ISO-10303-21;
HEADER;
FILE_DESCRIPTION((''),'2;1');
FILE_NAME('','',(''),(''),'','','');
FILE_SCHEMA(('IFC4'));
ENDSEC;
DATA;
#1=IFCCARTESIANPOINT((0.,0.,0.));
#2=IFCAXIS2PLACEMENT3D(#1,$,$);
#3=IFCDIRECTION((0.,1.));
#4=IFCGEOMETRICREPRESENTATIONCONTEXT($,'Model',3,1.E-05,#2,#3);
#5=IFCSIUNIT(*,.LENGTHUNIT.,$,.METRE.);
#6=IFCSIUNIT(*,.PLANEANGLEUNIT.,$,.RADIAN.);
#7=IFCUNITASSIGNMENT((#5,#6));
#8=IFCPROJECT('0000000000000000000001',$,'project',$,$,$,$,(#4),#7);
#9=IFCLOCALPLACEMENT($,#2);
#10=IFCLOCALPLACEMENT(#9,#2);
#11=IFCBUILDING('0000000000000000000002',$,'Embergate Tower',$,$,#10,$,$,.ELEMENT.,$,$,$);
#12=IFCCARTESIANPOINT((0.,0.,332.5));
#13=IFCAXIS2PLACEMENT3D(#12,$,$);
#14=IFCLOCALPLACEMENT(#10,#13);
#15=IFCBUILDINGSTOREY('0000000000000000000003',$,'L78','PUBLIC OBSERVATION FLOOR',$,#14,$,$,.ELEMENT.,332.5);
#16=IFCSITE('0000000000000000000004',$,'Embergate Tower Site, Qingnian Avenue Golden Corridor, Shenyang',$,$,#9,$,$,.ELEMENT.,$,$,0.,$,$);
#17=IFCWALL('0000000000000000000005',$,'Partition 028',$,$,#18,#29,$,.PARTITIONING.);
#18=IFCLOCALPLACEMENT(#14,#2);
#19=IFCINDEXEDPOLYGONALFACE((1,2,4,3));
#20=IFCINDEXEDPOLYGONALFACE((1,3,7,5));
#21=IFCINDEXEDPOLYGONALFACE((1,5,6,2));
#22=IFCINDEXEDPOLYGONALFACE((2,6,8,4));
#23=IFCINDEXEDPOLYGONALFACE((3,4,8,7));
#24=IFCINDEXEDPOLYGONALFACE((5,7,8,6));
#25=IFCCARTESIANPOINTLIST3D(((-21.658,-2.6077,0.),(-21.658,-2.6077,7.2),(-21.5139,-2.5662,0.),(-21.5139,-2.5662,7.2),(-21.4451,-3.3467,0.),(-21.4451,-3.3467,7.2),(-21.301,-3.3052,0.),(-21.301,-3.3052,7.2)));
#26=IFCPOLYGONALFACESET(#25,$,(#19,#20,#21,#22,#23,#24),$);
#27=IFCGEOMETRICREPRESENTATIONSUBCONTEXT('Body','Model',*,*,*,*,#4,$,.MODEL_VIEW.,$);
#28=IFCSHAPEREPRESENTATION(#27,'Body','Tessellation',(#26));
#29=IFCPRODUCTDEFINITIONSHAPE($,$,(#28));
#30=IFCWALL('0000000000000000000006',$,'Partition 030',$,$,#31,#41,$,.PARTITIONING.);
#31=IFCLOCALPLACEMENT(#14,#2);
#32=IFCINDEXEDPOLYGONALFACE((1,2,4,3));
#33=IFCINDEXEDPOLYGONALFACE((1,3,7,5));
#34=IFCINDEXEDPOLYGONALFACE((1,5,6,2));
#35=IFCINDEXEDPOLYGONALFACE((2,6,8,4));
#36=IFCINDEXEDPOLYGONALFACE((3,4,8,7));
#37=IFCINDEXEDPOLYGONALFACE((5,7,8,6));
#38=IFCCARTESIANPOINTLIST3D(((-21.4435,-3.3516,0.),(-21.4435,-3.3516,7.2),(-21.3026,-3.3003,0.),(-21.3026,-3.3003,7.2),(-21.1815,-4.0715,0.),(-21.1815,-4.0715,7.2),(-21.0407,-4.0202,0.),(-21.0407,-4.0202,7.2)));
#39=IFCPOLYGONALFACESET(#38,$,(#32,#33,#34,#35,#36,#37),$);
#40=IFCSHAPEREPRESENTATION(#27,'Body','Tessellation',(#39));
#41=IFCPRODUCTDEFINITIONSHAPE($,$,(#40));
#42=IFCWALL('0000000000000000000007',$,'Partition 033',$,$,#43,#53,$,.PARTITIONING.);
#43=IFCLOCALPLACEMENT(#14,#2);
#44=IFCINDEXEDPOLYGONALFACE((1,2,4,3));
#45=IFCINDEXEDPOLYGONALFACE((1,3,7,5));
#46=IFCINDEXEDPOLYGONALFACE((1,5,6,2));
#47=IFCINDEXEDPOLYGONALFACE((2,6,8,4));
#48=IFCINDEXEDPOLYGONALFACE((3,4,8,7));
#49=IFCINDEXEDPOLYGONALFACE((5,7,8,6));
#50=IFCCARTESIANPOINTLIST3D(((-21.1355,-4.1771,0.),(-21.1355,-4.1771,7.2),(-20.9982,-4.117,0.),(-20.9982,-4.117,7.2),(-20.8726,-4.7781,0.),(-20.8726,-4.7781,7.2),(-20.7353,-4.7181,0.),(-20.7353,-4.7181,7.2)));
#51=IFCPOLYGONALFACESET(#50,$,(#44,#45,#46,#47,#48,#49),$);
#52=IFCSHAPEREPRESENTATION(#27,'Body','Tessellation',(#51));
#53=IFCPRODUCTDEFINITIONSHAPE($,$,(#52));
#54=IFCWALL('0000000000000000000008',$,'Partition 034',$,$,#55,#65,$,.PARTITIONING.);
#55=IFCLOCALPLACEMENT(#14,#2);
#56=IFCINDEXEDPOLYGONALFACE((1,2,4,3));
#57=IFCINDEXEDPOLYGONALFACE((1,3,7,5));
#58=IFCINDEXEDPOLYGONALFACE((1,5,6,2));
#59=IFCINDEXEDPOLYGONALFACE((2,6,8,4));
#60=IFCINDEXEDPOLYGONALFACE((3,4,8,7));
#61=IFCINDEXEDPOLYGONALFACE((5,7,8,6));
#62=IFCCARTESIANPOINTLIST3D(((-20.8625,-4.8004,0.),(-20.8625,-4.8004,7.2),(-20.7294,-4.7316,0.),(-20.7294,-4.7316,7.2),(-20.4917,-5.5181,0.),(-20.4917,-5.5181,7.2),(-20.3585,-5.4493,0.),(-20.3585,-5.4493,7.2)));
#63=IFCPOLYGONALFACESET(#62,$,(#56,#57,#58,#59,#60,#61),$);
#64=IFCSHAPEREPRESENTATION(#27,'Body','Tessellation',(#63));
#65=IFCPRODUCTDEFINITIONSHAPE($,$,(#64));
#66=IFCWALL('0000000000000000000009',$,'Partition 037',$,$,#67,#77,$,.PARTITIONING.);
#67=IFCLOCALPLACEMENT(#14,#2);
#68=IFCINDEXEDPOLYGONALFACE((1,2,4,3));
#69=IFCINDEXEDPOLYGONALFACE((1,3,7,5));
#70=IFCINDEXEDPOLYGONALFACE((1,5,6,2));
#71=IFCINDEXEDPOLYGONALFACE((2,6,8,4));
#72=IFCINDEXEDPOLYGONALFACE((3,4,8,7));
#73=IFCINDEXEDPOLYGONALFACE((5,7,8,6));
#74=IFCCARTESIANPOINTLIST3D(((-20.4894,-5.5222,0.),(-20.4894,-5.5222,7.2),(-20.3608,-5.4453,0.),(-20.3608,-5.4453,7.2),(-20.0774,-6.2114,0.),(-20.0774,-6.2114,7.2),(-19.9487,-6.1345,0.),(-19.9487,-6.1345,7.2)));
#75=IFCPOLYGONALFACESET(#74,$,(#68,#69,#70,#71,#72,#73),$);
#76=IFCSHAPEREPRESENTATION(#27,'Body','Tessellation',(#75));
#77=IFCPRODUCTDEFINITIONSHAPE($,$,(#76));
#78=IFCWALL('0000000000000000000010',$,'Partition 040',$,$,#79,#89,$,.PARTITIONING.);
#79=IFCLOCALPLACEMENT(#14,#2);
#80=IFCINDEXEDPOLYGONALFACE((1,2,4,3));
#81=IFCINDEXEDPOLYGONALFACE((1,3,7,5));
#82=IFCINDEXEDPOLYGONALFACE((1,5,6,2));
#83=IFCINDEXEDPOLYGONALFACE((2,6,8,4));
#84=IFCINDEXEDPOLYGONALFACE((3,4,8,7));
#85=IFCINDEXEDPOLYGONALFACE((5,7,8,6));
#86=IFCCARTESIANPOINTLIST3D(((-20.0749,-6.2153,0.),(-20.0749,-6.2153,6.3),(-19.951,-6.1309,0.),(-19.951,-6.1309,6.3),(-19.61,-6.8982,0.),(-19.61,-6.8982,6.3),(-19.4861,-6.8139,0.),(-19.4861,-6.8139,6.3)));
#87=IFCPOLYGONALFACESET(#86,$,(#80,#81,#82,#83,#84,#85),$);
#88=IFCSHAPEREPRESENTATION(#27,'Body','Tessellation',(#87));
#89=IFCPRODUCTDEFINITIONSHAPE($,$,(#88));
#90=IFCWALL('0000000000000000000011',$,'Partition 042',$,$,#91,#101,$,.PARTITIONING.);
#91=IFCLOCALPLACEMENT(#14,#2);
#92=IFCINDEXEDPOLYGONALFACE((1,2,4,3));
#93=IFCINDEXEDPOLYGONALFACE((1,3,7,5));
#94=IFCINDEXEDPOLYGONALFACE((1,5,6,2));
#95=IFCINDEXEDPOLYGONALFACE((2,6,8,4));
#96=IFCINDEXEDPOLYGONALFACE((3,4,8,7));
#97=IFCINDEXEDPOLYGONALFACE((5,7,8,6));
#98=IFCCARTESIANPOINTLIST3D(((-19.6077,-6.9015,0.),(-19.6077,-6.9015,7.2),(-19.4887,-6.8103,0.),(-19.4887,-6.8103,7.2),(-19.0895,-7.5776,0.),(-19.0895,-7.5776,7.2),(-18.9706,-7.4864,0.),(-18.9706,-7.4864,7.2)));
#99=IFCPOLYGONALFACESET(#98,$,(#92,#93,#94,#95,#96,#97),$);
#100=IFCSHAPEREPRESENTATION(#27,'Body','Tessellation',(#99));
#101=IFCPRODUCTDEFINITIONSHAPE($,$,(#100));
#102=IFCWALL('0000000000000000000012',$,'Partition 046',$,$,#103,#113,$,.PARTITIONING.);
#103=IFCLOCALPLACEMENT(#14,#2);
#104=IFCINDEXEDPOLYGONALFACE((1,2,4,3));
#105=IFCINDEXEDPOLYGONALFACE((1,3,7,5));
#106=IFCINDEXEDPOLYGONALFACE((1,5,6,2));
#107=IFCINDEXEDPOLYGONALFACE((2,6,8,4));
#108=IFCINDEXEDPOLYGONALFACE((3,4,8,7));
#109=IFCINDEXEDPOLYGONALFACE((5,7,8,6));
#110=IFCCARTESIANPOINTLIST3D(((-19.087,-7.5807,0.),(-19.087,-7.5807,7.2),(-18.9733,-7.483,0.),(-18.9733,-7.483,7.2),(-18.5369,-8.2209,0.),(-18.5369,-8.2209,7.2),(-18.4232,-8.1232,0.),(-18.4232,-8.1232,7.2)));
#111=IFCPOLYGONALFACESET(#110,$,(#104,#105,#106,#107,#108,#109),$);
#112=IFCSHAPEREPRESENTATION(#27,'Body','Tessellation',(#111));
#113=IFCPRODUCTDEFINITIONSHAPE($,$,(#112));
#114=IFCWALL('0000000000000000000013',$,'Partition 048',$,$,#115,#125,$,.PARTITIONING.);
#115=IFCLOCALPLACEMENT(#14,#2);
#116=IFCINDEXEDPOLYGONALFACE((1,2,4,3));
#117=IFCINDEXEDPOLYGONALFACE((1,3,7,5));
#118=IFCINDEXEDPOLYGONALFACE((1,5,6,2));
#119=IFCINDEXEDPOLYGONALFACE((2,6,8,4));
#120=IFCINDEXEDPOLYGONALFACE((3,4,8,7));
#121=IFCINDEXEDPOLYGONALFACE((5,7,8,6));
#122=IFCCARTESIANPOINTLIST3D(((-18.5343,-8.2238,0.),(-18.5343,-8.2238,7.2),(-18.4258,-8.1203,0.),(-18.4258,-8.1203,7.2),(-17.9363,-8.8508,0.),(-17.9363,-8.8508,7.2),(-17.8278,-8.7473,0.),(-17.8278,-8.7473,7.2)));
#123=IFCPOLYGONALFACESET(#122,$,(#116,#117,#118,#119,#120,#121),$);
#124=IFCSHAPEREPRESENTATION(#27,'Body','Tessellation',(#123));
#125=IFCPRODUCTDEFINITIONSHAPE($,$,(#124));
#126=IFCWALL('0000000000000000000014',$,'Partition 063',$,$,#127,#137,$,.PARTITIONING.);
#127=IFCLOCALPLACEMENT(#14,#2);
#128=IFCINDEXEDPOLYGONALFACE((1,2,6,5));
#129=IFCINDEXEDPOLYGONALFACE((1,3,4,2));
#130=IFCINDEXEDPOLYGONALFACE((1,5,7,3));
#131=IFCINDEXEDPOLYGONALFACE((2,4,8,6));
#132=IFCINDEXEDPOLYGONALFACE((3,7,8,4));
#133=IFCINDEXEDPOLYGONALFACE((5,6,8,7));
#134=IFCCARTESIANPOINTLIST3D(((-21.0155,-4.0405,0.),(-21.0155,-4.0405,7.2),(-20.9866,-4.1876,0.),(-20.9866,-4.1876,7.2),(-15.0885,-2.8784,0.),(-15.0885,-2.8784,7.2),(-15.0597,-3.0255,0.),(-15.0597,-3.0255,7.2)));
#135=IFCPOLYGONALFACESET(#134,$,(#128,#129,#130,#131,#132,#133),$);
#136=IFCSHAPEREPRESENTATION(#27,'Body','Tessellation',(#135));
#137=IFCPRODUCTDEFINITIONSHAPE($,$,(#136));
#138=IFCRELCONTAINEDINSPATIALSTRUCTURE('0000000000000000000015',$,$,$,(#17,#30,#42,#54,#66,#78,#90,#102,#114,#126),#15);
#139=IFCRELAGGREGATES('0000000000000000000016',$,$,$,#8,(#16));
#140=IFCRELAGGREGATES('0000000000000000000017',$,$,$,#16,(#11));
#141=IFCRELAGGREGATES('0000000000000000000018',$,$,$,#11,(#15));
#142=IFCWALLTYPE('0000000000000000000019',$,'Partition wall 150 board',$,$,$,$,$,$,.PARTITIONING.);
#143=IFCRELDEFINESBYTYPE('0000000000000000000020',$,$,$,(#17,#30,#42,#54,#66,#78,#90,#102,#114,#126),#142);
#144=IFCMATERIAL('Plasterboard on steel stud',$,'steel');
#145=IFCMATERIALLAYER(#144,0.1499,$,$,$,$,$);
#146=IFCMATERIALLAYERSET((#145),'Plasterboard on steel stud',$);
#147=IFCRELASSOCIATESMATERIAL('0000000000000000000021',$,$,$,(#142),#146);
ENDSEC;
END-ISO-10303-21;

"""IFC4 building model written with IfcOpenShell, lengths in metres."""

from ifc_helpers import new_model, si_unit, direction, frame, frame_2d, origin, place, context, subcontext, project, spatial, rectangle, extrude, source, transform, mapped, material, layer, layer_set, type_object, element, save


model = new_model("IFC4")

# Units and contexts
model_context = context("Model", 3, precision=1e-05, world=origin(), true_north=direction((0.0, 1.0)))
body_context = subcontext(model_context, "Body", "Model", "MODEL_VIEW")
ifc_project = project(units=[si_unit("LENGTHUNIT", "METRE"), si_unit("PLANEANGLEUNIT", "RADIAN")], contexts=[model_context])

# Site, building, storey
site_placement = place(None, origin())
site = spatial("IfcSite", under=ifc_project, at=site_placement, Name="Embergate Tower Site, Qingnian Avenue Golden Corridor, Shenyang", CompositionType="ELEMENT", RefElevation=0.0)
building_placement = place(site_placement, origin())
building = spatial("IfcBuilding", under=site, at=building_placement, Name="Embergate Tower", CompositionType="ELEMENT")
storey_placement = place(building_placement, frame((0.0, 0.0, 332.5)))
storey = spatial("IfcBuildingStorey", under=building, at=storey_placement, Name="L78", Description="PUBLIC OBSERVATION FLOOR", CompositionType="ELEMENT", Elevation=332.5)

# Walls
ifc_material_1 = material(Name="Plasterboard on steel stud", Category="steel")
ifc_layer_1 = layer(ifc_material_1, 0.1499)
ifc_layer_set_1 = layer_set([ifc_layer_1], Name="Plasterboard on steel stud")
wall_type = type_object("IfcWallType", Name="Partition wall 150 board", PredefinedType="PARTITIONING", material=ifc_layer_set_1)
shared_shape_1 = source(origin(), body_context, "Body", "SweptSolid", [
    extrude(rectangle(XDim=0.769, YDim=0.1499, at=frame_2d((0.3845, 0.0))), origin(), (0.0, 0.0, 1.0), 7.2),
])
wall_1_placement = place(storey_placement, frame((-21.5859, -2.5869, 0.0), z_axis=(0.0, 0.0, 1.0), x_axis=(0.276817, -0.960923, 0.0)))
element("IfcWall", 1, at=wall_1_placement, inside=storey, type_object=wall_type, Name="Partition 028", PredefinedType="PARTITIONING", context=body_context, shape_type="MappedRepresentation", body=[
    mapped(shared_shape_1, transform((0.0, 0.0, 0.0))),
])
shared_shape_2 = source(origin(), body_context, "Body", "SweptSolid", [
    extrude(rectangle(XDim=0.7661, YDim=0.1499, at=frame_2d((0.3831, 0.0))), origin(), (0.0, 0.0, 1.0), 7.2),
])
wall_2_placement = place(storey_placement, frame((-21.373, -3.3259, 0.0), z_axis=(0.0, 0.0, 1.0), x_axis=(0.341922, -0.939728, 0.0)))
element("IfcWall", 2, at=wall_2_placement, inside=storey, type_object=wall_type, Name="Partition 030", PredefinedType="PARTITIONING", context=body_context, shape_type="MappedRepresentation", body=[
    mapped(shared_shape_2, transform((0.0, 0.0, 0.0))),
])
shared_shape_3 = source(origin(), body_context, "Body", "SweptSolid", [
    extrude(rectangle(XDim=0.656, YDim=0.1499, at=frame_2d((0.3281, 0.0))), origin(), (0.0, 0.0, 1.0), 7.2),
])
wall_3_placement = place(storey_placement, frame((-21.0669, -4.147, 0.0), z_axis=(0.0, 0.0, 1.0), x_axis=(0.40078, -0.916174, 0.0)))
element("IfcWall", 3, at=wall_3_placement, inside=storey, type_object=wall_type, Name="Partition 033", PredefinedType="PARTITIONING", context=body_context, shape_type="MappedRepresentation", body=[
    mapped(shared_shape_3, transform((0.0, 0.0, 0.0))),
])
shared_shape_4 = source(origin(), body_context, "Body", "SweptSolid", [
    extrude(rectangle(XDim=0.8079, YDim=0.1499, at=frame_2d((0.4038, 0.0))), origin(), (0.0, 0.0, 1.0), 7.2),
])
wall_4_placement = place(storey_placement, frame((-20.7959, -4.7661, 0.0), z_axis=(0.0, 0.0, 1.0), x_axis=(0.45902, -0.888426, 0.0)))
element("IfcWall", 4, at=wall_4_placement, inside=storey, type_object=wall_type, Name="Partition 034", PredefinedType="PARTITIONING", context=body_context, shape_type="MappedRepresentation", body=[
    mapped(shared_shape_4, transform((0.0, 0.0, 0.0))),
])
shared_shape_5 = source(origin(), body_context, "Body", "SweptSolid", [
    extrude(rectangle(XDim=0.803, YDim=0.1499, at=frame_2d((0.4014, 0.0))), origin(), (0.0, 0.0, 1.0), 7.2),
])
wall_5_placement = place(storey_placement, frame((-20.425, -5.4839, 0.0), z_axis=(0.0, 0.0, 1.0), x_axis=(0.513199, -0.85827, 0.0)))
element("IfcWall", 5, at=wall_5_placement, inside=storey, type_object=wall_type, Name="Partition 037", PredefinedType="PARTITIONING", context=body_context, shape_type="MappedRepresentation", body=[
    mapped(shared_shape_5, transform((0.0, 0.0, 0.0))),
])
shared_shape_6 = source(origin(), body_context, "Body", "SweptSolid", [
    extrude(rectangle(XDim=0.8262, YDim=0.1499, at=frame_2d((0.4131, 0.0))), origin(), (0.0, 0.0, 1.0), 6.3),
])
wall_6_placement = place(storey_placement, frame((-20.0129, -6.1731, 0.0), z_axis=(0.0, 0.0, 1.0), x_axis=(0.562722, -0.826646, 0.0)))
element("IfcWall", 6, at=wall_6_placement, inside=storey, type_object=wall_type, Name="Partition 040", PredefinedType="PARTITIONING", context=body_context, shape_type="MappedRepresentation", body=[
    mapped(shared_shape_6, transform((0.0, 0.0, 0.0))),
])
shared_shape_7 = source(origin(), body_context, "Body", "SweptSolid", [
    extrude(rectangle(XDim=0.8518, YDim=0.1499, at=frame_2d((0.4258, 0.0))), origin(), (0.0, 0.0, 1.0), 7.2),
])
wall_7_placement = place(storey_placement, frame((-19.5481, -6.856, 0.0), z_axis=(0.0, 0.0, 1.0), x_axis=(0.608269, -0.793731, 0.0)))
element("IfcWall", 7, at=wall_7_placement, inside=storey, type_object=wall_type, Name="Partition 042", PredefinedType="PARTITIONING", context=body_context, shape_type="MappedRepresentation", body=[
    mapped(shared_shape_7, transform((0.0, 0.0, 0.0))),
])
shared_shape_8 = source(origin(), body_context, "Body", "SweptSolid", [
    extrude(rectangle(XDim=0.844, YDim=0.1499, at=frame_2d((0.4219, 0.0))), origin(), (0.0, 0.0, 1.0), 7.2),
])
wall_8_placement = place(storey_placement, frame((-19.03, -7.532, 0.0), z_axis=(0.0, 0.0, 1.0), x_axis=(0.65172, -0.75846, 0.0)))
element("IfcWall", 8, at=wall_8_placement, inside=storey, type_object=wall_type, Name="Partition 046", PredefinedType="PARTITIONING", context=body_context, shape_type="MappedRepresentation", body=[
    mapped(shared_shape_8, transform((0.0, 0.0, 0.0))),
])
shared_shape_9 = source(origin(), body_context, "Body", "SweptSolid", [
    extrude(rectangle(XDim=0.8665, YDim=0.1499, at=frame_2d((0.4331, 0.0))), origin(), (0.0, 0.0, 1.0), 7.2),
])
wall_9_placement = place(storey_placement, frame((-18.48, -8.1721, 0.0), z_axis=(0.0, 0.0, 1.0), x_axis=(0.690141, -0.723675, 0.0)))
element("IfcWall", 9, at=wall_9_placement, inside=storey, type_object=wall_type, Name="Partition 048", PredefinedType="PARTITIONING", context=body_context, shape_type="MappedRepresentation", body=[
    mapped(shared_shape_9, transform((0.0, 0.0, 0.0))),
])
shared_shape_10 = source(origin(), body_context, "Body", "SweptSolid", [
    extrude(rectangle(XDim=6.0398, YDim=0.1499, at=frame_2d((3.02, 0.0))), origin(), (0.0, 0.0, 1.0), 7.2),
])
wall_10_placement = place(storey_placement, frame((-15.074, -2.9519, 0.0), z_axis=(0.0, 0.0, 1.0), x_axis=(-0.981315, -0.192407, 0.0)))
element("IfcWall", 10, at=wall_10_placement, inside=storey, type_object=wall_type, Name="Partition 063", PredefinedType="PARTITIONING", context=body_context, shape_type="MappedRepresentation", body=[
    mapped(shared_shape_10, transform((0.0, 0.0, 0.0))),
])

save(model, "model.ifc")
